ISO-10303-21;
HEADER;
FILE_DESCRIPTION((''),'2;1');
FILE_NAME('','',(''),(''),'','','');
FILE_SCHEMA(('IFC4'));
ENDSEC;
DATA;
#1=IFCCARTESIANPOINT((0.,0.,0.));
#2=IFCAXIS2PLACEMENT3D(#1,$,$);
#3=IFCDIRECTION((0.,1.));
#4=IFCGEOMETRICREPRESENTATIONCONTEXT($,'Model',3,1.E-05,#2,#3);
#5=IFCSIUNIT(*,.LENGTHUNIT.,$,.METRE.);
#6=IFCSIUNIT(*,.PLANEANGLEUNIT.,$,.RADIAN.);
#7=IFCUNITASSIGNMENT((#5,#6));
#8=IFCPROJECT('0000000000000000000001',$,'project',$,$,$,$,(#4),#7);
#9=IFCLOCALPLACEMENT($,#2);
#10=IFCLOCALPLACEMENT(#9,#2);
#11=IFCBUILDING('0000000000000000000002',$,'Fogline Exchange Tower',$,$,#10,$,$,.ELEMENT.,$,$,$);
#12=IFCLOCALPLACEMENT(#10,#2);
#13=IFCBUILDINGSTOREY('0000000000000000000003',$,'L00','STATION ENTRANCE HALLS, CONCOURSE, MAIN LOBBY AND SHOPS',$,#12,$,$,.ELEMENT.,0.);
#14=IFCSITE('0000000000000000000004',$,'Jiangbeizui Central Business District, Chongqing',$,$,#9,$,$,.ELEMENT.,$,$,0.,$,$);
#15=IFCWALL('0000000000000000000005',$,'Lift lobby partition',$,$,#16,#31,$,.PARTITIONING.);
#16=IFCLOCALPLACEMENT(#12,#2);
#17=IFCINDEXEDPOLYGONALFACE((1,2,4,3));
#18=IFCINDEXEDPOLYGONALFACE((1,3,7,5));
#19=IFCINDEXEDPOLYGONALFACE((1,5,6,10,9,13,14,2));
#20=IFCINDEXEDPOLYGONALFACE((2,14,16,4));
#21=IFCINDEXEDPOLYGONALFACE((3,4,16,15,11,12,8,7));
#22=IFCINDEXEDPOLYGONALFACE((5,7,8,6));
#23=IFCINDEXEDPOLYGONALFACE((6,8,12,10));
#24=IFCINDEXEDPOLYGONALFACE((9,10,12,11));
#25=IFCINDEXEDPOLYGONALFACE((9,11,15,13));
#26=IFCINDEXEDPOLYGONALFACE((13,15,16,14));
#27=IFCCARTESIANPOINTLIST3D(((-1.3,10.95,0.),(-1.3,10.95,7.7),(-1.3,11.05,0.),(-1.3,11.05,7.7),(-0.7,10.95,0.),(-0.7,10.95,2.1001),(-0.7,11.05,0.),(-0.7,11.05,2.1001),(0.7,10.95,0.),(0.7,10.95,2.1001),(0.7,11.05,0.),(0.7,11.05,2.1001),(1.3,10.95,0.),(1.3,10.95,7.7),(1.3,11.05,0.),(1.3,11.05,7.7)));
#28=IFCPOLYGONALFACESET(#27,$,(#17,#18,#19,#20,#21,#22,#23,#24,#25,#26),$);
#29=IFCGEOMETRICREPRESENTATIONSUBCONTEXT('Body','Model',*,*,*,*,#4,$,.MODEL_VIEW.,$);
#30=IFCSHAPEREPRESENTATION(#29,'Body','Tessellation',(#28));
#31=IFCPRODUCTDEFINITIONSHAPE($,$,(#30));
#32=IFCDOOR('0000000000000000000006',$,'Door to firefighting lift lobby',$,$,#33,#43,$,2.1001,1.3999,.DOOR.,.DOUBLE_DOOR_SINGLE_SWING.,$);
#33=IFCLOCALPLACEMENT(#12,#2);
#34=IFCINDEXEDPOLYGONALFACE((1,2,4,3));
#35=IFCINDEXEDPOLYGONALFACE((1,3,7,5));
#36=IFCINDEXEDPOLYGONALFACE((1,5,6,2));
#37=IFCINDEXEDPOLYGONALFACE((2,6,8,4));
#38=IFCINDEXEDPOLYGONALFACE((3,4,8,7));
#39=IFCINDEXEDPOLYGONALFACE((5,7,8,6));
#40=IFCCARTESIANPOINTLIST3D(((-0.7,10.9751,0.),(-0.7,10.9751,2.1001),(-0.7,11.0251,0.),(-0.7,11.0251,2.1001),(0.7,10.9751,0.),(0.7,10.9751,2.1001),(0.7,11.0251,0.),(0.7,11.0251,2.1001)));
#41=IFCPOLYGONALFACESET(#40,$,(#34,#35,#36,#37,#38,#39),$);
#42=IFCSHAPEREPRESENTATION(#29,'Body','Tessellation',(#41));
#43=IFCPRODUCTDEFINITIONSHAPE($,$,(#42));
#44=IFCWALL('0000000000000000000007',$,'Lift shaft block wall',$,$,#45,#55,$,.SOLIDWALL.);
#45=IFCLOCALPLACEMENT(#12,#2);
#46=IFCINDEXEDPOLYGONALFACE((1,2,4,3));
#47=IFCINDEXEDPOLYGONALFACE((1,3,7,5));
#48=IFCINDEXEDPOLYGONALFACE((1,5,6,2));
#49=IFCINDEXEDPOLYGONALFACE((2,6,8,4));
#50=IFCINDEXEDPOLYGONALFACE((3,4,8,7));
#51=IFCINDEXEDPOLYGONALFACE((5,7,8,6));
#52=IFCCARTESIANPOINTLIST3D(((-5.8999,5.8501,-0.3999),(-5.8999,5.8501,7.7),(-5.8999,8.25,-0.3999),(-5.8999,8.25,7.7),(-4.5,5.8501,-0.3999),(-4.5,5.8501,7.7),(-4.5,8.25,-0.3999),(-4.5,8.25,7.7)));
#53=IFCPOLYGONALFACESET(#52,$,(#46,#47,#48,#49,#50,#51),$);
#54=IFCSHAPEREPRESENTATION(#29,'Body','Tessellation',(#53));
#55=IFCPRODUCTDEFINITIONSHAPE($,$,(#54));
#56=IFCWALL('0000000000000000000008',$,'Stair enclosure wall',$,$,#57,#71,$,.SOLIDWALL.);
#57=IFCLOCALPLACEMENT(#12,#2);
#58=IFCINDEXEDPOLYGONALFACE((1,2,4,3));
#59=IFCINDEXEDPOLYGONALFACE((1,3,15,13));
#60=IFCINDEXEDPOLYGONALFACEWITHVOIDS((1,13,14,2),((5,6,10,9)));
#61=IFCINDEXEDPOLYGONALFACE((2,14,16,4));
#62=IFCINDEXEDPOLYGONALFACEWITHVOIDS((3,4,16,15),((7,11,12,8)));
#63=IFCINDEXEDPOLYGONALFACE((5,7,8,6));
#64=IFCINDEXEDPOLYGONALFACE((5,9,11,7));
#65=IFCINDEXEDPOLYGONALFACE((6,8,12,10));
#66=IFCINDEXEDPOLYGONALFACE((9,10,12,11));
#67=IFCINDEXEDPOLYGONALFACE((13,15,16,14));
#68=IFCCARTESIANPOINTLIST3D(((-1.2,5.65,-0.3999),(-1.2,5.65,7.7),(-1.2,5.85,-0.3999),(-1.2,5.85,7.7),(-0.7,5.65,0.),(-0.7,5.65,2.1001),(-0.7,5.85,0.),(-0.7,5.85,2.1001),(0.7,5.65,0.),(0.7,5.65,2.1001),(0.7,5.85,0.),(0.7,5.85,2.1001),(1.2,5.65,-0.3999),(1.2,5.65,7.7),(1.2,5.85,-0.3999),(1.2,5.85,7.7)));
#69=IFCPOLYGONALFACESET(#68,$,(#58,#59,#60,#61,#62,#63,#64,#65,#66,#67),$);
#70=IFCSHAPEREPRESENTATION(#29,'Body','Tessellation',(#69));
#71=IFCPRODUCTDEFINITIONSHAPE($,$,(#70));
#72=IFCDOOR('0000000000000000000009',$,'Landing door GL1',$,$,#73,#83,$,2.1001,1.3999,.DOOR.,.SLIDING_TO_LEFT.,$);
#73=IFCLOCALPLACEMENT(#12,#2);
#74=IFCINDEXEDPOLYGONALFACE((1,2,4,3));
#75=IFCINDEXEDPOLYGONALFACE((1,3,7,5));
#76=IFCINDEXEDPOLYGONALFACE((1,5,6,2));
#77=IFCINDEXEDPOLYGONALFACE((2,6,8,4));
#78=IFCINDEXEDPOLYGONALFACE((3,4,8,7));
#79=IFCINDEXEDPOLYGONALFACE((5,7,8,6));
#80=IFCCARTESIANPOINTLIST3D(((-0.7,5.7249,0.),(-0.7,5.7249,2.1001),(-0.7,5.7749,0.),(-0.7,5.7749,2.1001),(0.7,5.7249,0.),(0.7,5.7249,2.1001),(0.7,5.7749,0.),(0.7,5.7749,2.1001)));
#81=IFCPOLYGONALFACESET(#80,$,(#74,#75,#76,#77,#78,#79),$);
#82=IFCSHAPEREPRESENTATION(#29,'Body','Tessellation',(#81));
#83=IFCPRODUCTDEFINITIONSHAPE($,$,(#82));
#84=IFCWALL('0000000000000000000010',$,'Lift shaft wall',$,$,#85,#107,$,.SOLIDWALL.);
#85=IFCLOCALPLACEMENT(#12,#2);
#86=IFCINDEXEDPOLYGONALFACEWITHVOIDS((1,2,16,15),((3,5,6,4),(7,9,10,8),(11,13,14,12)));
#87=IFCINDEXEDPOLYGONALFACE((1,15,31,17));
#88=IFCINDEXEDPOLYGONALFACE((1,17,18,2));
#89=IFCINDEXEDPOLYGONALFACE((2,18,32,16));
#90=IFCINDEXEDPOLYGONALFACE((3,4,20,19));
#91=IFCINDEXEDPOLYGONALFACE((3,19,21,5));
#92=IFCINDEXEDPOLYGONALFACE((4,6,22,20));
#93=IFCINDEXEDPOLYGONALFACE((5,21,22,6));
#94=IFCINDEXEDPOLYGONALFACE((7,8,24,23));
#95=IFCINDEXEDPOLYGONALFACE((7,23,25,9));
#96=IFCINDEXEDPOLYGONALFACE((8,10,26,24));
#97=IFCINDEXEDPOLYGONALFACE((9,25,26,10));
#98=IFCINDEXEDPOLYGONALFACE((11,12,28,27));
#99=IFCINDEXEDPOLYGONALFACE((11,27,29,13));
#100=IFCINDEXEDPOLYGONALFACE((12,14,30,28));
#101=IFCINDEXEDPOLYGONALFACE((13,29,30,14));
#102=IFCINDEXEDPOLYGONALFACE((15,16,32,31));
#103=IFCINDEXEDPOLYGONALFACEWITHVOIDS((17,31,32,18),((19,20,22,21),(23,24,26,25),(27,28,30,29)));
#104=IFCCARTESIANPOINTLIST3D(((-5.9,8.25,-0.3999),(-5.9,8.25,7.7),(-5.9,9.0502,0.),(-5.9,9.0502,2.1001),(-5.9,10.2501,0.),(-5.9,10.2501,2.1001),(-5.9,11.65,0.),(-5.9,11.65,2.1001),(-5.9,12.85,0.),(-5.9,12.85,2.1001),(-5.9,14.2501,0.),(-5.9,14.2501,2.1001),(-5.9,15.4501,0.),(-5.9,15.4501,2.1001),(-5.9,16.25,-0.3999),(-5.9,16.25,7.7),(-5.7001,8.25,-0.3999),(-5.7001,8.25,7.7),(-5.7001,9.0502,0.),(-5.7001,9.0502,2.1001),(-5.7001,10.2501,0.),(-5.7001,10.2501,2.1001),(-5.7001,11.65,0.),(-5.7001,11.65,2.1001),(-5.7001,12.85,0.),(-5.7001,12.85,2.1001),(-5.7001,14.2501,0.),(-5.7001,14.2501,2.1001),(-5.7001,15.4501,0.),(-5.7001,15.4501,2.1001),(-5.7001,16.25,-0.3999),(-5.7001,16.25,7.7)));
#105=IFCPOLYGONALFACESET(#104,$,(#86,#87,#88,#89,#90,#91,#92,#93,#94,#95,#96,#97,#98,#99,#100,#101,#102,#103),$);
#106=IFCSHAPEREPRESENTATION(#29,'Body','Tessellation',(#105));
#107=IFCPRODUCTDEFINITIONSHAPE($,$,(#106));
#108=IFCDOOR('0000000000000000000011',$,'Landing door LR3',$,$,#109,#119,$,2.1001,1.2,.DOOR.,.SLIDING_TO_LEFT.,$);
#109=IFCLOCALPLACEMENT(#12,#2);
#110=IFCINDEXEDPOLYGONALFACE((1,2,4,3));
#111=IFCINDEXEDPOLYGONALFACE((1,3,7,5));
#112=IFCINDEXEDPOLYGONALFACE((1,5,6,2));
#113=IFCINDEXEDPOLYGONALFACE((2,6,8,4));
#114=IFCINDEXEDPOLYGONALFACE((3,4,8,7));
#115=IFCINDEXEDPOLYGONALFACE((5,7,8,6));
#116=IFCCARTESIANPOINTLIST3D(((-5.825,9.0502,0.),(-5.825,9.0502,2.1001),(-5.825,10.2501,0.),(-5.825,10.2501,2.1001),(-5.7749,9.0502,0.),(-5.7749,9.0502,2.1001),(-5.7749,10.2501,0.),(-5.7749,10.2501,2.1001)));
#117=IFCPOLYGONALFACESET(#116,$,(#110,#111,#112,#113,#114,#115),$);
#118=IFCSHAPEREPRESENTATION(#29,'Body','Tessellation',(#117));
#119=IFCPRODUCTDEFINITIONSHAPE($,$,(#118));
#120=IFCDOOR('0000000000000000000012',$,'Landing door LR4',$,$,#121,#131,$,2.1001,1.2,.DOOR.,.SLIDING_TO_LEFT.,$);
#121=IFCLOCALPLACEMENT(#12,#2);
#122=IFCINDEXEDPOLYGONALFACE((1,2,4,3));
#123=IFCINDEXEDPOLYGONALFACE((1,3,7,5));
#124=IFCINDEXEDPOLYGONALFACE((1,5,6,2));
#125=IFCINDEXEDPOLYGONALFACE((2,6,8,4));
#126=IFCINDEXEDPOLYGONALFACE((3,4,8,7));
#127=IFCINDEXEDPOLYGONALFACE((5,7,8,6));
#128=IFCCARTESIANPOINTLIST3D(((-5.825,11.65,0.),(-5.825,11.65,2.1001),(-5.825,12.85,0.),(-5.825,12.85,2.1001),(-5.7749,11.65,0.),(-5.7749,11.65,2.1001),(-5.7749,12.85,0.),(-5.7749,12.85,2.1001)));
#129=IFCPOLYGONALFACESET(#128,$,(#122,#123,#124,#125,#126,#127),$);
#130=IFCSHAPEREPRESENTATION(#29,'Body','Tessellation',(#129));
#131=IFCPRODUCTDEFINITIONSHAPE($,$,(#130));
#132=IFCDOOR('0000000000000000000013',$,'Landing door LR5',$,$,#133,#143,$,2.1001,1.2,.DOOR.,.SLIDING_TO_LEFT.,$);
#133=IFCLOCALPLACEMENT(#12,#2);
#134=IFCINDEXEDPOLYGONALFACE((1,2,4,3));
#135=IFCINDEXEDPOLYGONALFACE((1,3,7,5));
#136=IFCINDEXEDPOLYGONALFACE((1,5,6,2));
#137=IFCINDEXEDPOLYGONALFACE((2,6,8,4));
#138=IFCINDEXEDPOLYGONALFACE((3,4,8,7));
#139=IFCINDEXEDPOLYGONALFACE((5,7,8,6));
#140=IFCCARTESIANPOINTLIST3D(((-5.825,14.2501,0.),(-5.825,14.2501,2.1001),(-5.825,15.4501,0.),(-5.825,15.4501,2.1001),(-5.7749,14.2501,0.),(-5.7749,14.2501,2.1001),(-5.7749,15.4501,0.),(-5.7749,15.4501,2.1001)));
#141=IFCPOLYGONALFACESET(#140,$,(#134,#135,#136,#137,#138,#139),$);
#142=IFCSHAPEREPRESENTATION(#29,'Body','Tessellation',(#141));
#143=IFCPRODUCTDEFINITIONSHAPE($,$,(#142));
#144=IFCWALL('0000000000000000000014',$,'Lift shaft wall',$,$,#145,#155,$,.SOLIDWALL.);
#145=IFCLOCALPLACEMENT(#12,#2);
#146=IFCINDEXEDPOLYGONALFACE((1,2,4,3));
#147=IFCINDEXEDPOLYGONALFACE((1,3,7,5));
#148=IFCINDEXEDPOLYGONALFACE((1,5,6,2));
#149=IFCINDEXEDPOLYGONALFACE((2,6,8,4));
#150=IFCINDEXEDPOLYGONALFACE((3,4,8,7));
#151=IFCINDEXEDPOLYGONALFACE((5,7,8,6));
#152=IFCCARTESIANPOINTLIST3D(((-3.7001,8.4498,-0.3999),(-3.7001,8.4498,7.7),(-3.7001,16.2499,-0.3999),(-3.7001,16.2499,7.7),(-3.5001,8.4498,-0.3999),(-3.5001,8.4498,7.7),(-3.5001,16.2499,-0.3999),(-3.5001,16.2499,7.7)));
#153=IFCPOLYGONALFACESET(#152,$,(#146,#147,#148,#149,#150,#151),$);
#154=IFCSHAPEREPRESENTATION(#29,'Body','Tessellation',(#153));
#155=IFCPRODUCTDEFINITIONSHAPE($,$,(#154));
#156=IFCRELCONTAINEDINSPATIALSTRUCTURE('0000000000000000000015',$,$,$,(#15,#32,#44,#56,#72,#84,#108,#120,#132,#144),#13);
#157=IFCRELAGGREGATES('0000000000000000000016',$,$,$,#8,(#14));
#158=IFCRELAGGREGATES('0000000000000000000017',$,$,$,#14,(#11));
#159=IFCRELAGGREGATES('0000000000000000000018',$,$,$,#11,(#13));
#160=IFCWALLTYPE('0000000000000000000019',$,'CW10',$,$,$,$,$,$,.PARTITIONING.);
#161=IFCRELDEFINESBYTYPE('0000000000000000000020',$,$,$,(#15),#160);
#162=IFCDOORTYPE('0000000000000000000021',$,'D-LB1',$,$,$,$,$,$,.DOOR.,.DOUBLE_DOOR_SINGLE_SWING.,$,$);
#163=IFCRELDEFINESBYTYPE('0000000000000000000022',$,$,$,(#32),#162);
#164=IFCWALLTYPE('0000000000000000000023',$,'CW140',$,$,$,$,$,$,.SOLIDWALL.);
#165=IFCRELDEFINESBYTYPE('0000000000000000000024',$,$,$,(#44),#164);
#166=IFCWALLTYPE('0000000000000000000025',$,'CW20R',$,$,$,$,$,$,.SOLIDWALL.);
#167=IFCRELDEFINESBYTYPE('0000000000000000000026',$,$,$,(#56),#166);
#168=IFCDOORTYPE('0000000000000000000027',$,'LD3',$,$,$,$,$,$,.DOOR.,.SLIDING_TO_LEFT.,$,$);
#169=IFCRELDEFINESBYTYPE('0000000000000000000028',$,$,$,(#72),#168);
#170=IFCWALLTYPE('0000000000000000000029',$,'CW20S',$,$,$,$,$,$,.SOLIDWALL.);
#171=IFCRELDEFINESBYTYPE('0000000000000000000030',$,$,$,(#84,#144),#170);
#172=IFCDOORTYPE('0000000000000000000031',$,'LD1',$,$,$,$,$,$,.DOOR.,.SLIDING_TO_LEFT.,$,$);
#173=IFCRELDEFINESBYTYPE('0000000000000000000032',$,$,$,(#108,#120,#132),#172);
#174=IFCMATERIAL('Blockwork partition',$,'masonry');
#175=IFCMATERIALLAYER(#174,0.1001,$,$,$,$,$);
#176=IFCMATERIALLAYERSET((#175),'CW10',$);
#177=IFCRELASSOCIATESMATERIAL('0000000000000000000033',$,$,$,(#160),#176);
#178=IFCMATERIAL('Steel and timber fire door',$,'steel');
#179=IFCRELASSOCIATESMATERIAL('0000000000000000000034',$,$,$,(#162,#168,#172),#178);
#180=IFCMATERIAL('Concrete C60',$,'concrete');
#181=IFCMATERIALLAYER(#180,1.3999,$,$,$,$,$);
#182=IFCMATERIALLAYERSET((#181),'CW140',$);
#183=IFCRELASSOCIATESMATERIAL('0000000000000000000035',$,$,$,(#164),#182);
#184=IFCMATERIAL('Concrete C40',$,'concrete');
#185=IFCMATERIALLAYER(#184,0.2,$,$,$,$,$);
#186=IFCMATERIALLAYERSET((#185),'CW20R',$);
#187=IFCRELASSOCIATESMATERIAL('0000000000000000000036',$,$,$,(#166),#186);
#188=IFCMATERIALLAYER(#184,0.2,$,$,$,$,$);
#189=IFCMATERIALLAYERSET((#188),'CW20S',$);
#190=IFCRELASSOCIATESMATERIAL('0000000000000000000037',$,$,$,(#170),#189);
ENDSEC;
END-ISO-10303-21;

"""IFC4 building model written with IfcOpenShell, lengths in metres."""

from ifc_helpers import new_model, si_unit, direction, frame, frame_2d, origin, place, context, subcontext, project, spatial, rectangle, extrude, material, layer, layer_set, type_object, element, fill, save


model = new_model("IFC4")

# Units and contexts
model_context = context("Model", 3, precision=1e-05, world=origin(), true_north=direction((0.0, 1.0)))
body_context = subcontext(model_context, "Body", "Model", "MODEL_VIEW")
ifc_project = project(units=[si_unit("LENGTHUNIT", "METRE"), si_unit("PLANEANGLEUNIT", "RADIAN")], contexts=[model_context])

# Site, building, storey
site_placement = place(None, origin())
site = spatial("IfcSite", under=ifc_project, at=site_placement, Name="Jiangbeizui Central Business District, Chongqing", CompositionType="ELEMENT", RefElevation=0.0)
building_placement = place(site_placement, origin())
building = spatial("IfcBuilding", under=site, at=building_placement, Name="Fogline Exchange Tower", CompositionType="ELEMENT")
storey_placement = place(building_placement, origin())
storey = spatial("IfcBuildingStorey", under=building, at=storey_placement, Name="L00", Description="STATION ENTRANCE HALLS, CONCOURSE, MAIN LOBBY AND SHOPS", CompositionType="ELEMENT", Elevation=0.0)

# Wall, opening, door
ifc_material_1 = material(Name="Blockwork partition", Category="masonry")
ifc_layer_1 = layer(ifc_material_1, 0.1001)
ifc_layer_set_1 = layer_set([ifc_layer_1], Name="CW10")
wall_type_1 = type_object("IfcWallType", Name="CW10", PredefinedType="PARTITIONING", material=ifc_layer_set_1)
wall_1_placement = place(storey_placement, frame((-1.3, 11.0, 0.0), z_axis=(0.0, 0.0, 1.0), x_axis=(1.0, 0.0, 0.0)))
wall_1 = element("IfcWall", 1, at=wall_1_placement, inside=storey, type_object=wall_type_1, Name="Lift lobby partition", PredefinedType="PARTITIONING", context=body_context, shape_type="SweptSolid", body=[
    extrude(rectangle(XDim=2.6001, YDim=0.1001, at=frame_2d((1.3, 0.0))), origin(), (0.0, 0.0, 1.0), 7.7),
])
opening_1_placement = place(wall_1_placement, frame((0.6001, 0.0, 0.0)))
opening_1 = element("IfcOpeningElement", 2, at=opening_1_placement, cuts=wall_1, PredefinedType="OPENING", context=body_context, shape_type="SweptSolid", body=[
    extrude(rectangle(XDim=1.3999, YDim=2.1001, at=frame_2d((0.7, 1.05))), frame((0.0, 0.0601, 0.0), z_axis=(0.0, -1.0, 0.0), x_axis=(1.0, 0.0, 0.0)), (0.0, 0.0, 1.0), 0.1201),
])
ifc_material_2 = material(Name="Steel and timber fire door", Category="steel")
door_type_1 = type_object("IfcDoorType", Name="D-LB1", OperationType="DOUBLE_DOOR_SINGLE_SWING", PredefinedType="DOOR", material=ifc_material_2)
door_1_placement = place(opening_1_placement, frame((1.3999, 0.0, 0.0), z_axis=(0.0, 0.0, 1.0), x_axis=(-1.0, 0.0, 0.0)))
door_1 = element("IfcDoor", 3, at=door_1_placement, inside=storey, type_object=door_type_1, Name="Door to firefighting lift lobby", OperationType="DOUBLE_DOOR_SINGLE_SWING", OverallHeight=2.1001, OverallWidth=1.3999, PredefinedType="DOOR", context=body_context, shape_type="SweptSolid", body=[
    extrude(rectangle(XDim=1.3999, YDim=2.1001, at=frame_2d((0.7, 1.05))), frame((0.0, 0.0249, 0.0), z_axis=(0.0, -1.0, 0.0), x_axis=(1.0, 0.0, 0.0)), (0.0, 0.0, 1.0), 0.05),
])
fill(opening_1, door_1)

# Wall
ifc_material_3 = material(Name="Concrete C60", Category="concrete")
ifc_layer_2 = layer(ifc_material_3, 1.3999)
ifc_layer_set_2 = layer_set([ifc_layer_2], Name="CW140")
wall_type_2 = type_object("IfcWallType", Name="CW140", PredefinedType="SOLIDWALL", material=ifc_layer_set_2)
wall_2_placement = place(storey_placement, frame((-5.2, 5.8501, -0.3999), z_axis=(0.0, 0.0, 1.0), x_axis=(0.0, 1.0, 0.0)))
element("IfcWall", 4, at=wall_2_placement, inside=storey, type_object=wall_type_2, Name="Lift shaft block wall", PredefinedType="SOLIDWALL", context=body_context, shape_type="SweptSolid", body=[
    extrude(rectangle(XDim=2.3999, YDim=1.3999, at=frame_2d((1.2, 0.0))), origin(), (0.0, 0.0, 1.0), 8.0999),
])

# Wall, opening, door
ifc_material_4 = material(Name="Concrete C40", Category="concrete")
ifc_layer_3 = layer(ifc_material_4, 0.2)
ifc_layer_set_3 = layer_set([ifc_layer_3], Name="CW20R")
wall_type_3 = type_object("IfcWallType", Name="CW20R", PredefinedType="SOLIDWALL", material=ifc_layer_set_3)
wall_3_placement = place(storey_placement, frame((-1.2, 5.75, -0.3999), z_axis=(0.0, 0.0, 1.0), x_axis=(1.0, 0.0, 0.0)))
wall_3 = element("IfcWall", 5, at=wall_3_placement, inside=storey, type_object=wall_type_3, Name="Stair enclosure wall", PredefinedType="SOLIDWALL", context=body_context, shape_type="SweptSolid", body=[
    extrude(rectangle(XDim=2.3999, YDim=0.2, at=frame_2d((1.2, 0.0))), origin(), (0.0, 0.0, 1.0), 8.0999),
])
opening_2_placement = place(wall_3_placement, frame((0.5, 0.0, 0.3999)))
opening_2 = element("IfcOpeningElement", 6, at=opening_2_placement, cuts=wall_3, PredefinedType="OPENING", context=body_context, shape_type="SweptSolid", body=[
    extrude(rectangle(XDim=1.3999, YDim=2.1001, at=frame_2d((0.7, 1.05))), frame((0.0, 0.1099, 0.0), z_axis=(0.0, -1.0, 0.0), x_axis=(1.0, 0.0, 0.0)), (0.0, 0.0, 1.0), 0.22),
])
door_type_2 = type_object("IfcDoorType", Name="LD3", OperationType="SLIDING_TO_LEFT", PredefinedType="DOOR", material=ifc_material_2)
door_2_placement = place(opening_2_placement, origin())
door_2 = element("IfcDoor", 7, at=door_2_placement, inside=storey, type_object=door_type_2, Name="Landing door GL1", OperationType="SLIDING_TO_LEFT", OverallHeight=2.1001, OverallWidth=1.3999, PredefinedType="DOOR", context=body_context, shape_type="SweptSolid", body=[
    extrude(rectangle(XDim=1.3999, YDim=2.1001, at=frame_2d((0.7, 1.05))), frame((0.0, 0.0249, 0.0), z_axis=(0.0, -1.0, 0.0), x_axis=(1.0, 0.0, 0.0)), (0.0, 0.0, 1.0), 0.05),
])
fill(opening_2, door_2)

# Wall, openings, doors
ifc_layer_4 = layer(ifc_material_4, 0.2)
ifc_layer_set_4 = layer_set([ifc_layer_4], Name="CW20S")
wall_type_4 = type_object("IfcWallType", Name="CW20S", PredefinedType="SOLIDWALL", material=ifc_layer_set_4)
wall_4_placement = place(storey_placement, frame((-5.8, 8.25, -0.3999), z_axis=(0.0, 0.0, 1.0), x_axis=(0.0, 1.0, 0.0)))
wall_4 = element("IfcWall", 8, at=wall_4_placement, inside=storey, type_object=wall_type_4, Name="Lift shaft wall", PredefinedType="SOLIDWALL", context=body_context, shape_type="SweptSolid", body=[
    extrude(rectangle(XDim=8.0, YDim=0.2, at=frame_2d((4.0, 0.0))), origin(), (0.0, 0.0, 1.0), 8.0999),
])
opening_3_placement = place(wall_4_placement, frame((0.8, 0.0, 0.3999)))
opening_3 = element("IfcOpeningElement", 9, at=opening_3_placement, cuts=wall_4, PredefinedType="OPENING", context=body_context, shape_type="SweptSolid", body=[
    extrude(rectangle(XDim=1.2, YDim=2.1001, at=frame_2d((0.6001, 1.05))), frame((0.0, 0.1099, 0.0), z_axis=(0.0, -1.0, 0.0), x_axis=(1.0, 0.0, 0.0)), (0.0, 0.0, 1.0), 0.22),
])
opening_4_placement = place(wall_4_placement, frame((3.3999, 0.0, 0.3999)))
opening_4 = element("IfcOpeningElement", 10, at=opening_4_placement, cuts=wall_4, PredefinedType="OPENING", context=body_context, shape_type="SweptSolid", body=[
    extrude(rectangle(XDim=1.2, YDim=2.1001, at=frame_2d((0.6001, 1.05))), frame((0.0, 0.1099, 0.0), z_axis=(0.0, -1.0, 0.0), x_axis=(1.0, 0.0, 0.0)), (0.0, 0.0, 1.0), 0.22),
])
opening_5_placement = place(wall_4_placement, frame((6.0, 0.0, 0.3999)))
opening_5 = element("IfcOpeningElement", 11, at=opening_5_placement, cuts=wall_4, PredefinedType="OPENING", context=body_context, shape_type="SweptSolid", body=[
    extrude(rectangle(XDim=1.2, YDim=2.1001, at=frame_2d((0.6001, 1.05))), frame((0.0, 0.1099, 0.0), z_axis=(0.0, -1.0, 0.0), x_axis=(1.0, 0.0, 0.0)), (0.0, 0.0, 1.0), 0.22),
])
door_type_3 = type_object("IfcDoorType", Name="LD1", OperationType="SLIDING_TO_LEFT", PredefinedType="DOOR", material=ifc_material_2)
door_3_placement = place(opening_3_placement, origin())
door_3 = element("IfcDoor", 12, at=door_3_placement, inside=storey, type_object=door_type_3, Name="Landing door LR3", OperationType="SLIDING_TO_LEFT", OverallHeight=2.1001, OverallWidth=1.2, PredefinedType="DOOR", context=body_context, shape_type="SweptSolid", body=[
    extrude(rectangle(XDim=1.2, YDim=2.1001, at=frame_2d((0.6001, 1.05))), frame((0.0, 0.0249, 0.0), z_axis=(0.0, -1.0, 0.0), x_axis=(1.0, 0.0, 0.0)), (0.0, 0.0, 1.0), 0.05),
])
fill(opening_3, door_3)
door_4_placement = place(opening_4_placement, origin())
door_4 = element("IfcDoor", 13, at=door_4_placement, inside=storey, type_object=door_type_3, Name="Landing door LR4", OperationType="SLIDING_TO_LEFT", OverallHeight=2.1001, OverallWidth=1.2, PredefinedType="DOOR", context=body_context, shape_type="SweptSolid", body=[
    extrude(rectangle(XDim=1.2, YDim=2.1001, at=frame_2d((0.6001, 1.05))), frame((0.0, 0.0249, 0.0), z_axis=(0.0, -1.0, 0.0), x_axis=(1.0, 0.0, 0.0)), (0.0, 0.0, 1.0), 0.05),
])
fill(opening_4, door_4)
door_5_placement = place(opening_5_placement, origin())
door_5 = element("IfcDoor", 14, at=door_5_placement, inside=storey, type_object=door_type_3, Name="Landing door LR5", OperationType="SLIDING_TO_LEFT", OverallHeight=2.1001, OverallWidth=1.2, PredefinedType="DOOR", context=body_context, shape_type="SweptSolid", body=[
    extrude(rectangle(XDim=1.2, YDim=2.1001, at=frame_2d((0.6001, 1.05))), frame((0.0, 0.0249, 0.0), z_axis=(0.0, -1.0, 0.0), x_axis=(1.0, 0.0, 0.0)), (0.0, 0.0, 1.0), 0.05),
])
fill(opening_5, door_5)

# Wall
wall_5_placement = place(storey_placement, frame((-3.6001, 8.45, -0.3999), z_axis=(0.0, 0.0, 1.0), x_axis=(0.0, 1.0, 0.0)))
element("IfcWall", 15, at=wall_5_placement, inside=storey, type_object=wall_type_4, Name="Lift shaft wall", PredefinedType="SOLIDWALL", context=body_context, shape_type="SweptSolid", body=[
    extrude(rectangle(XDim=7.8, YDim=0.2, at=frame_2d((3.8999, 0.0))), origin(), (0.0, 0.0, 1.0), 8.0999),
])

save(model, "model.ifc")
